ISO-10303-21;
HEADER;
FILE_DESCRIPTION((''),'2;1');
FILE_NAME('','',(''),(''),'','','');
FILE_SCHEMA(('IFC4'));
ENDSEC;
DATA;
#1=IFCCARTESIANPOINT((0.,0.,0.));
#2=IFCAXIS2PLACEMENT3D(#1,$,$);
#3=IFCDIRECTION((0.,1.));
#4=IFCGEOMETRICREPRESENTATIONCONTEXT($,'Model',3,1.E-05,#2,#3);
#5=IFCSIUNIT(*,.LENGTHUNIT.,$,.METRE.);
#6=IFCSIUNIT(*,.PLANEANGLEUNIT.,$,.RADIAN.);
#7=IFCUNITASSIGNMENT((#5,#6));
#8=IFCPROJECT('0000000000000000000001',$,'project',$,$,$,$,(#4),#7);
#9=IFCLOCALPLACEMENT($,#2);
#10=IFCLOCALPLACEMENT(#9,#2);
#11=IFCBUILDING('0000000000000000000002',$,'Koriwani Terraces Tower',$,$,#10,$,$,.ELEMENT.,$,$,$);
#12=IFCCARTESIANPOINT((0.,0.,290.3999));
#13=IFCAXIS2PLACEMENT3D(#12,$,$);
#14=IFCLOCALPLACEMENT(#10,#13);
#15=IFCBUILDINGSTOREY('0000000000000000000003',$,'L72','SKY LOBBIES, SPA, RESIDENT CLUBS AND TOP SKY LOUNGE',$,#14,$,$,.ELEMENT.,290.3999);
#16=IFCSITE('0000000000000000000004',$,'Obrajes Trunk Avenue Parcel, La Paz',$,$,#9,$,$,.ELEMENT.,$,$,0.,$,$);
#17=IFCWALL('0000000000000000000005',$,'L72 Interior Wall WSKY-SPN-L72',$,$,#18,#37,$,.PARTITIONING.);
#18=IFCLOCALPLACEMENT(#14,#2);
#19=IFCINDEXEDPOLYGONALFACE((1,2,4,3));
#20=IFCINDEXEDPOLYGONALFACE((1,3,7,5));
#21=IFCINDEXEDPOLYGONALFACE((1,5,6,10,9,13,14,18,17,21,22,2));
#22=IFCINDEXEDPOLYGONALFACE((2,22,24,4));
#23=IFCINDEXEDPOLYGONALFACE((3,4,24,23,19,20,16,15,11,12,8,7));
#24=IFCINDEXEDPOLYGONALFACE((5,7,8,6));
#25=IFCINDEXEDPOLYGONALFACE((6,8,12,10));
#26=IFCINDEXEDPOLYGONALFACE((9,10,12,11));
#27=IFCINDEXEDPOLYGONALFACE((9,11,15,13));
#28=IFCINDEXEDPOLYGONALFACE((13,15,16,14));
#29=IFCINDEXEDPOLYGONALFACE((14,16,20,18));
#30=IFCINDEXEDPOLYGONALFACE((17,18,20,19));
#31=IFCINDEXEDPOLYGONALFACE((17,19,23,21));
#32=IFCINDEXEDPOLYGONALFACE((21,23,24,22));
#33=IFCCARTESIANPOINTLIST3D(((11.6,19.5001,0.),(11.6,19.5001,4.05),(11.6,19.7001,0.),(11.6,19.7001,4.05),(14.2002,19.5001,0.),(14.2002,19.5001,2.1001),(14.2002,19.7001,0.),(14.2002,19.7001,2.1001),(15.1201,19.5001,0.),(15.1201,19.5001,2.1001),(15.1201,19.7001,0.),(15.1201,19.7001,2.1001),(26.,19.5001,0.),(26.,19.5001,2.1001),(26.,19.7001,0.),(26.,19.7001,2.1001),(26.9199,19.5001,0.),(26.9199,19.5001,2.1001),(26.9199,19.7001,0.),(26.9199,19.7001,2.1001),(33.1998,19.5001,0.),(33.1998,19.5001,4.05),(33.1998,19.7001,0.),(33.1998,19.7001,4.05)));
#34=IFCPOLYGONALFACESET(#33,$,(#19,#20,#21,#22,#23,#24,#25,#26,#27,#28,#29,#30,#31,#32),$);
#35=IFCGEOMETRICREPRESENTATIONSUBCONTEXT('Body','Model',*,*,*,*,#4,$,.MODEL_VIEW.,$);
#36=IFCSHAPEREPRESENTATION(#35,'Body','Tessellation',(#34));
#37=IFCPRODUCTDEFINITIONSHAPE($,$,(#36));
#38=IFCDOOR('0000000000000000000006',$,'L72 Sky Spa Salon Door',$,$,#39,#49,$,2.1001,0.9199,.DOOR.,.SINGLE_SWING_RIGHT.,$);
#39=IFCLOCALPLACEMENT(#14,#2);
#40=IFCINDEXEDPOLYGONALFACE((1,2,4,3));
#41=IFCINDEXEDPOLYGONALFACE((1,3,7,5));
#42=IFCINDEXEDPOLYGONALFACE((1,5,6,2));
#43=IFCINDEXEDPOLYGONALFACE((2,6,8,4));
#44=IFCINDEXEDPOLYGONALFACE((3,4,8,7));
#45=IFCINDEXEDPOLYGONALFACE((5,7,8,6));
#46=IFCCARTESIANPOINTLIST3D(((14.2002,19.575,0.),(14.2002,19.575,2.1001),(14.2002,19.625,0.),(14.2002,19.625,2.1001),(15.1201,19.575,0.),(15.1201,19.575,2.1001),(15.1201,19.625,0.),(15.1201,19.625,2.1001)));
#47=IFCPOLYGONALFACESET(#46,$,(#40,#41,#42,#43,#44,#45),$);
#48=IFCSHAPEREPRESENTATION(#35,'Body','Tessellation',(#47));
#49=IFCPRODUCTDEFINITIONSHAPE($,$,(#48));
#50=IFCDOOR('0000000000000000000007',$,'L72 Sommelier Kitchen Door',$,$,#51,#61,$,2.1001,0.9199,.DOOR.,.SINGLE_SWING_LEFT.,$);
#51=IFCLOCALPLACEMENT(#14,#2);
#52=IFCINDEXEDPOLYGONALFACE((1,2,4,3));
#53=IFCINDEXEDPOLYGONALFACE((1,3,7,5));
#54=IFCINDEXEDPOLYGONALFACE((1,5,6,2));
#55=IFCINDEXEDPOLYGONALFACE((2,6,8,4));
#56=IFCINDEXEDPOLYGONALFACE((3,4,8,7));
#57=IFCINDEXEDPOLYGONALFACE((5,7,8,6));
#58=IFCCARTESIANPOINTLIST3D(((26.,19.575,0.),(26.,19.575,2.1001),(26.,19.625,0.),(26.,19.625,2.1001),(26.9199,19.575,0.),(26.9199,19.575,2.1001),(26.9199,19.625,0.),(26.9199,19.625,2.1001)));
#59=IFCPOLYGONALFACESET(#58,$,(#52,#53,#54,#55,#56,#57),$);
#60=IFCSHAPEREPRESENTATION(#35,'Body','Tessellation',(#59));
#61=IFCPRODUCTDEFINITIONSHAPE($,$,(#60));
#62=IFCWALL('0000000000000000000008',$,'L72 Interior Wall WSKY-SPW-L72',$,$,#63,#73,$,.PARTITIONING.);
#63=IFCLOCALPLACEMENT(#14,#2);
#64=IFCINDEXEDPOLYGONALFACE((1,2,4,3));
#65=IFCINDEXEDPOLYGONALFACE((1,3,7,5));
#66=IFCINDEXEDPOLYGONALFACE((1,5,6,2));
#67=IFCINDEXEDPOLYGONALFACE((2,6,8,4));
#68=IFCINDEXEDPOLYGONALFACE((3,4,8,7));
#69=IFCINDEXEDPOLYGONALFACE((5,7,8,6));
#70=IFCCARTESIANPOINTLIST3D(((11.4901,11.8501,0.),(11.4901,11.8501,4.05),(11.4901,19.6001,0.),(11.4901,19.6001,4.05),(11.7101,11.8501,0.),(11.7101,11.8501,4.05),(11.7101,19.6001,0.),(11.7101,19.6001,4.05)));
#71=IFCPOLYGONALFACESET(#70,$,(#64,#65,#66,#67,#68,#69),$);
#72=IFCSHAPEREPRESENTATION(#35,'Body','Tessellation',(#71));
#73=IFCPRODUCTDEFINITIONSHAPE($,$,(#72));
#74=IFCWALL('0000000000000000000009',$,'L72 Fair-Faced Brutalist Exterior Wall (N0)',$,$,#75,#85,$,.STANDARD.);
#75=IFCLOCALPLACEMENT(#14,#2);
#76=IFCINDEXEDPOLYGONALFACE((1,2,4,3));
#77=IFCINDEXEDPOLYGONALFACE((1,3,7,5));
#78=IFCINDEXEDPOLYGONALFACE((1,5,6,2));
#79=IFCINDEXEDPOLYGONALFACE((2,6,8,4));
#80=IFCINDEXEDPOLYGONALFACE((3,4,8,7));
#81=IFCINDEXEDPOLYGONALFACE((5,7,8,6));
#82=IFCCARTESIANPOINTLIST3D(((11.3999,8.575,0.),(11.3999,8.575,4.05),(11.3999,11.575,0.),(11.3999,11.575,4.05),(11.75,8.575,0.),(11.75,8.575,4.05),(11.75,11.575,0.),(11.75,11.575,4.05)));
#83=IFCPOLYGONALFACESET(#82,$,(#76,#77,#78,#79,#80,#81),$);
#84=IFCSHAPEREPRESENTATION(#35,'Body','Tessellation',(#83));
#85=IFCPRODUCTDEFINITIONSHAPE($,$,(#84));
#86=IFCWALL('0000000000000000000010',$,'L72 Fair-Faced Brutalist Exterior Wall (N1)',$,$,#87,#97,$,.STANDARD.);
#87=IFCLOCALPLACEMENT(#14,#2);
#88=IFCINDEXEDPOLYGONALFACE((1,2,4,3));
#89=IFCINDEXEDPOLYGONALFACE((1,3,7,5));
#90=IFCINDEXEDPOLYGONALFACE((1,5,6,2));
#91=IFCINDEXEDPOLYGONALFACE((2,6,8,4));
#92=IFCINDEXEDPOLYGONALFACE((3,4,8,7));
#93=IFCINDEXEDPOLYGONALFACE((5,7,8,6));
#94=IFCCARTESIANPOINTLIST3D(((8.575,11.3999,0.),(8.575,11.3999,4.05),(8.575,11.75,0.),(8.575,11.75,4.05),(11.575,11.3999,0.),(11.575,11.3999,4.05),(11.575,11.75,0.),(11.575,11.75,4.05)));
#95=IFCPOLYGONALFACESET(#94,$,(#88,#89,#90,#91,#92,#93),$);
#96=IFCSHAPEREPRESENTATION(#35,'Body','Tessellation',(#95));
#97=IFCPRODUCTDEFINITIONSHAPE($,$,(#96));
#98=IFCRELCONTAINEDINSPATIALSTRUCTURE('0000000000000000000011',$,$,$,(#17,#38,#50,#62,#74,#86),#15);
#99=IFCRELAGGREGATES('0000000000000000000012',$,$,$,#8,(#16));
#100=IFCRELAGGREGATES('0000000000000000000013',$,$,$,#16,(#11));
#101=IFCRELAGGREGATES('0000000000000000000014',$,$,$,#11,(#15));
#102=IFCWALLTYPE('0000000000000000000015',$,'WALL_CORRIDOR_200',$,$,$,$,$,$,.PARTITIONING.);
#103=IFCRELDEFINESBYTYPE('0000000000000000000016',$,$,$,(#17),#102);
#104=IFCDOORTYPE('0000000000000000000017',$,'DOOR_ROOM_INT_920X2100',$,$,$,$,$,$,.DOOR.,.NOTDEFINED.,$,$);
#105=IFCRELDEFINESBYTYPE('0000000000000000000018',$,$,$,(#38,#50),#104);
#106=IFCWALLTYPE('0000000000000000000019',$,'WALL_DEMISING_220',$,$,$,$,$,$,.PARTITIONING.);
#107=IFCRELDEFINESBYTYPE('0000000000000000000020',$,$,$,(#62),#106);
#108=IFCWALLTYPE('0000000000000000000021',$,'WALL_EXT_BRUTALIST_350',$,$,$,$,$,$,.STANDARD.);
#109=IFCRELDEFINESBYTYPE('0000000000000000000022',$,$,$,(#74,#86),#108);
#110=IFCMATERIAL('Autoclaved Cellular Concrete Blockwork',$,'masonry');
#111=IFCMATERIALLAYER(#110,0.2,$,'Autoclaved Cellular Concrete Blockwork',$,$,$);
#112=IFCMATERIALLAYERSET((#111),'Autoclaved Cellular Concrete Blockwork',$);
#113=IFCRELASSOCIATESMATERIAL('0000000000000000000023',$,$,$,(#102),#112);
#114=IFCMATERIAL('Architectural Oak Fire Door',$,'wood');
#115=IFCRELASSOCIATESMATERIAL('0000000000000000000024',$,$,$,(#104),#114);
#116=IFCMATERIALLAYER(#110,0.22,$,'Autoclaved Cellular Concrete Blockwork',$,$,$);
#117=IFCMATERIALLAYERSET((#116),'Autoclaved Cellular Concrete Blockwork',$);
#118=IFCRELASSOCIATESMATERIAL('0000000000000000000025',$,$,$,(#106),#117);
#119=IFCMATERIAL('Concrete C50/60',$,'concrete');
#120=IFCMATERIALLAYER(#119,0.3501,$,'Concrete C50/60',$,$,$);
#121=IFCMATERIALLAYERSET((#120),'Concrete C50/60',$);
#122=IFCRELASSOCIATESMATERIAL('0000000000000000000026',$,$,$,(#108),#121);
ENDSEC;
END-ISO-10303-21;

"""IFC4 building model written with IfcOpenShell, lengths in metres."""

from ifc_helpers import new_model, si_unit, direction, frame, frame_2d, origin, place, context, subcontext, project, spatial, rectangle, extrude, material, layer, layer_set, type_object, element, fill, save


model = new_model("IFC4")

# Units and contexts
model_context = context("Model", 3, precision=1e-05, world=origin(), true_north=direction((0.0, 1.0)))
body_context = subcontext(model_context, "Body", "Model", "MODEL_VIEW")
ifc_project = project(units=[si_unit("LENGTHUNIT", "METRE"), si_unit("PLANEANGLEUNIT", "RADIAN")], contexts=[model_context])

# Site, building, storey
site_placement = place(None, origin())
site = spatial("IfcSite", under=ifc_project, at=site_placement, Name="Obrajes Trunk Avenue Parcel, La Paz", CompositionType="ELEMENT", RefElevation=0.0)
building_placement = place(site_placement, origin())
building = spatial("IfcBuilding", under=site, at=building_placement, Name="Koriwani Terraces Tower", CompositionType="ELEMENT")
storey_placement = place(building_placement, frame((0.0, 0.0, 290.3999)))
storey = spatial("IfcBuildingStorey", under=building, at=storey_placement, Name="L72", Description="SKY LOBBIES, SPA, RESIDENT CLUBS AND TOP SKY LOUNGE", CompositionType="ELEMENT", Elevation=290.3999)

# Shared definitions
ifc_material_1 = material(Name="Concrete C50/60", Category="concrete")

# Wall, openings, doors
ifc_material_2 = material(Name="Autoclaved Cellular Concrete Blockwork", Category="masonry")
ifc_layer_1 = layer(ifc_material_2, 0.2, Name="Autoclaved Cellular Concrete Blockwork")
ifc_layer_set_1 = layer_set([ifc_layer_1], Name="Autoclaved Cellular Concrete Blockwork")
wall_type_1 = type_object("IfcWallType", Name="WALL_CORRIDOR_200", PredefinedType="PARTITIONING", material=ifc_layer_set_1)
wall_1_placement = place(storey_placement, frame((11.6001, 19.6001, 0.0), z_axis=(0.0, 0.0, 1.0), x_axis=(1.0, 0.0, 0.0)))
wall_1 = element("IfcWall", 1, at=wall_1_placement, inside=storey, type_object=wall_type_1, Name="L72 Interior Wall WSKY-SPN-L72", PredefinedType="PARTITIONING", context=body_context, shape_type="SweptSolid", body=[
    extrude(rectangle(XDim=21.5999, YDim=0.2, at=frame_2d((10.7998, 0.0))), origin(), (0.0, 0.0, 1.0), 4.05),
])
opening_1_placement = place(wall_1_placement, frame((2.6001, 0.0, 0.0)))
opening_1 = element("IfcOpeningElement", 2, at=opening_1_placement, cuts=wall_1, PredefinedType="OPENING", context=body_context, shape_type="SweptSolid", body=[
    extrude(rectangle(XDim=0.9199, YDim=2.1001, at=frame_2d((0.46, 1.05))), frame((0.0, 0.1099, 0.0), z_axis=(0.0, -1.0, 0.0), x_axis=(1.0, 0.0, 0.0)), (0.0, 0.0, 1.0), 0.22),
])
opening_2_placement = place(wall_1_placement, frame((14.3999, 0.0, 0.0)))
opening_2 = element("IfcOpeningElement", 3, at=opening_2_placement, cuts=wall_1, PredefinedType="OPENING", context=body_context, shape_type="SweptSolid", body=[
    extrude(rectangle(XDim=0.9199, YDim=2.1001, at=frame_2d((0.46, 1.05))), frame((0.0, 0.1099, 0.0), z_axis=(0.0, -1.0, 0.0), x_axis=(1.0, 0.0, 0.0)), (0.0, 0.0, 1.0), 0.22),
])
ifc_material_3 = material(Name="Architectural Oak Fire Door", Category="wood")
door_type_1 = type_object("IfcDoorType", Name="DOOR_ROOM_INT_920X2100", OperationType="NOTDEFINED", PredefinedType="DOOR", material=ifc_material_3)
door_1_placement = place(opening_1_placement, origin())
door_1 = element("IfcDoor", 4, at=door_1_placement, inside=storey, type_object=door_type_1, Name="L72 Sky Spa Salon Door", OperationType="SINGLE_SWING_RIGHT", OverallHeight=2.1001, OverallWidth=0.9199, PredefinedType="DOOR", context=body_context, shape_type="SweptSolid", body=[
    extrude(rectangle(XDim=0.9199, YDim=2.1001, at=frame_2d((0.46, 1.05))), frame((0.0, 0.0249, 0.0), z_axis=(0.0, -1.0, 0.0), x_axis=(1.0, 0.0, 0.0)), (0.0, 0.0, 1.0), 0.05),
])
fill(opening_1, door_1)
door_2_placement = place(opening_2_placement, origin())
door_2 = element("IfcDoor", 5, at=door_2_placement, inside=storey, type_object=door_type_1, Name="L72 Sommelier Kitchen Door", OperationType="SINGLE_SWING_LEFT", OverallHeight=2.1001, OverallWidth=0.9199, PredefinedType="DOOR", context=body_context, shape_type="SweptSolid", body=[
    extrude(rectangle(XDim=0.9199, YDim=2.1001, at=frame_2d((0.46, 1.05))), frame((0.0, 0.0249, 0.0), z_axis=(0.0, -1.0, 0.0), x_axis=(1.0, 0.0, 0.0)), (0.0, 0.0, 1.0), 0.05),
])
fill(opening_2, door_2)

# Walls
ifc_layer_2 = layer(ifc_material_2, 0.22, Name="Autoclaved Cellular Concrete Blockwork")
ifc_layer_set_2 = layer_set([ifc_layer_2], Name="Autoclaved Cellular Concrete Blockwork")
wall_type_2 = type_object("IfcWallType", Name="WALL_DEMISING_220", PredefinedType="PARTITIONING", material=ifc_layer_set_2)
wall_2_placement = place(storey_placement, frame((11.6001, 11.8501, 0.0), z_axis=(0.0, 0.0, 1.0), x_axis=(0.0, 1.0, 0.0)))
element("IfcWall", 6, at=wall_2_placement, inside=storey, type_object=wall_type_2, Name="L72 Interior Wall WSKY-SPW-L72", PredefinedType="PARTITIONING", context=body_context, shape_type="SweptSolid", body=[
    extrude(rectangle(XDim=7.75, YDim=0.22, at=frame_2d((3.875, 0.0))), origin(), (0.0, 0.0, 1.0), 4.05),
])
ifc_layer_3 = layer(ifc_material_1, 0.3501, Name="Concrete C50/60")
ifc_layer_set_3 = layer_set([ifc_layer_3], Name="Concrete C50/60")
wall_type_3 = type_object("IfcWallType", Name="WALL_EXT_BRUTALIST_350", PredefinedType="STANDARD", material=ifc_layer_set_3)
for number, where, z_axis, x_axis, name in (
    (7, (11.575, 8.575, 0.0), (0.0, 0.0, 1.0), (0.0, 1.0, 0.0), "L72 Fair-Faced Brutalist Exterior Wall (N0)"),
    (8, (11.575, 11.575, 0.0), (0.0, 0.0, 1.0), (-1.0, 0.0, 0.0), "L72 Fair-Faced Brutalist Exterior Wall (N1)"),
):
    element("IfcWall", number, at=place(storey_placement, frame(where, z_axis=z_axis, x_axis=x_axis)), inside=storey, type_object=wall_type_3, Name=name, PredefinedType="STANDARD", context=body_context, shape_type="SweptSolid", body=[
        extrude(rectangle(XDim=3.0, YDim=0.3501, at=frame_2d((1.5, 0.0))), origin(), (0.0, 0.0, 1.0), 4.05),
    ])

save(model, "model.ifc")
